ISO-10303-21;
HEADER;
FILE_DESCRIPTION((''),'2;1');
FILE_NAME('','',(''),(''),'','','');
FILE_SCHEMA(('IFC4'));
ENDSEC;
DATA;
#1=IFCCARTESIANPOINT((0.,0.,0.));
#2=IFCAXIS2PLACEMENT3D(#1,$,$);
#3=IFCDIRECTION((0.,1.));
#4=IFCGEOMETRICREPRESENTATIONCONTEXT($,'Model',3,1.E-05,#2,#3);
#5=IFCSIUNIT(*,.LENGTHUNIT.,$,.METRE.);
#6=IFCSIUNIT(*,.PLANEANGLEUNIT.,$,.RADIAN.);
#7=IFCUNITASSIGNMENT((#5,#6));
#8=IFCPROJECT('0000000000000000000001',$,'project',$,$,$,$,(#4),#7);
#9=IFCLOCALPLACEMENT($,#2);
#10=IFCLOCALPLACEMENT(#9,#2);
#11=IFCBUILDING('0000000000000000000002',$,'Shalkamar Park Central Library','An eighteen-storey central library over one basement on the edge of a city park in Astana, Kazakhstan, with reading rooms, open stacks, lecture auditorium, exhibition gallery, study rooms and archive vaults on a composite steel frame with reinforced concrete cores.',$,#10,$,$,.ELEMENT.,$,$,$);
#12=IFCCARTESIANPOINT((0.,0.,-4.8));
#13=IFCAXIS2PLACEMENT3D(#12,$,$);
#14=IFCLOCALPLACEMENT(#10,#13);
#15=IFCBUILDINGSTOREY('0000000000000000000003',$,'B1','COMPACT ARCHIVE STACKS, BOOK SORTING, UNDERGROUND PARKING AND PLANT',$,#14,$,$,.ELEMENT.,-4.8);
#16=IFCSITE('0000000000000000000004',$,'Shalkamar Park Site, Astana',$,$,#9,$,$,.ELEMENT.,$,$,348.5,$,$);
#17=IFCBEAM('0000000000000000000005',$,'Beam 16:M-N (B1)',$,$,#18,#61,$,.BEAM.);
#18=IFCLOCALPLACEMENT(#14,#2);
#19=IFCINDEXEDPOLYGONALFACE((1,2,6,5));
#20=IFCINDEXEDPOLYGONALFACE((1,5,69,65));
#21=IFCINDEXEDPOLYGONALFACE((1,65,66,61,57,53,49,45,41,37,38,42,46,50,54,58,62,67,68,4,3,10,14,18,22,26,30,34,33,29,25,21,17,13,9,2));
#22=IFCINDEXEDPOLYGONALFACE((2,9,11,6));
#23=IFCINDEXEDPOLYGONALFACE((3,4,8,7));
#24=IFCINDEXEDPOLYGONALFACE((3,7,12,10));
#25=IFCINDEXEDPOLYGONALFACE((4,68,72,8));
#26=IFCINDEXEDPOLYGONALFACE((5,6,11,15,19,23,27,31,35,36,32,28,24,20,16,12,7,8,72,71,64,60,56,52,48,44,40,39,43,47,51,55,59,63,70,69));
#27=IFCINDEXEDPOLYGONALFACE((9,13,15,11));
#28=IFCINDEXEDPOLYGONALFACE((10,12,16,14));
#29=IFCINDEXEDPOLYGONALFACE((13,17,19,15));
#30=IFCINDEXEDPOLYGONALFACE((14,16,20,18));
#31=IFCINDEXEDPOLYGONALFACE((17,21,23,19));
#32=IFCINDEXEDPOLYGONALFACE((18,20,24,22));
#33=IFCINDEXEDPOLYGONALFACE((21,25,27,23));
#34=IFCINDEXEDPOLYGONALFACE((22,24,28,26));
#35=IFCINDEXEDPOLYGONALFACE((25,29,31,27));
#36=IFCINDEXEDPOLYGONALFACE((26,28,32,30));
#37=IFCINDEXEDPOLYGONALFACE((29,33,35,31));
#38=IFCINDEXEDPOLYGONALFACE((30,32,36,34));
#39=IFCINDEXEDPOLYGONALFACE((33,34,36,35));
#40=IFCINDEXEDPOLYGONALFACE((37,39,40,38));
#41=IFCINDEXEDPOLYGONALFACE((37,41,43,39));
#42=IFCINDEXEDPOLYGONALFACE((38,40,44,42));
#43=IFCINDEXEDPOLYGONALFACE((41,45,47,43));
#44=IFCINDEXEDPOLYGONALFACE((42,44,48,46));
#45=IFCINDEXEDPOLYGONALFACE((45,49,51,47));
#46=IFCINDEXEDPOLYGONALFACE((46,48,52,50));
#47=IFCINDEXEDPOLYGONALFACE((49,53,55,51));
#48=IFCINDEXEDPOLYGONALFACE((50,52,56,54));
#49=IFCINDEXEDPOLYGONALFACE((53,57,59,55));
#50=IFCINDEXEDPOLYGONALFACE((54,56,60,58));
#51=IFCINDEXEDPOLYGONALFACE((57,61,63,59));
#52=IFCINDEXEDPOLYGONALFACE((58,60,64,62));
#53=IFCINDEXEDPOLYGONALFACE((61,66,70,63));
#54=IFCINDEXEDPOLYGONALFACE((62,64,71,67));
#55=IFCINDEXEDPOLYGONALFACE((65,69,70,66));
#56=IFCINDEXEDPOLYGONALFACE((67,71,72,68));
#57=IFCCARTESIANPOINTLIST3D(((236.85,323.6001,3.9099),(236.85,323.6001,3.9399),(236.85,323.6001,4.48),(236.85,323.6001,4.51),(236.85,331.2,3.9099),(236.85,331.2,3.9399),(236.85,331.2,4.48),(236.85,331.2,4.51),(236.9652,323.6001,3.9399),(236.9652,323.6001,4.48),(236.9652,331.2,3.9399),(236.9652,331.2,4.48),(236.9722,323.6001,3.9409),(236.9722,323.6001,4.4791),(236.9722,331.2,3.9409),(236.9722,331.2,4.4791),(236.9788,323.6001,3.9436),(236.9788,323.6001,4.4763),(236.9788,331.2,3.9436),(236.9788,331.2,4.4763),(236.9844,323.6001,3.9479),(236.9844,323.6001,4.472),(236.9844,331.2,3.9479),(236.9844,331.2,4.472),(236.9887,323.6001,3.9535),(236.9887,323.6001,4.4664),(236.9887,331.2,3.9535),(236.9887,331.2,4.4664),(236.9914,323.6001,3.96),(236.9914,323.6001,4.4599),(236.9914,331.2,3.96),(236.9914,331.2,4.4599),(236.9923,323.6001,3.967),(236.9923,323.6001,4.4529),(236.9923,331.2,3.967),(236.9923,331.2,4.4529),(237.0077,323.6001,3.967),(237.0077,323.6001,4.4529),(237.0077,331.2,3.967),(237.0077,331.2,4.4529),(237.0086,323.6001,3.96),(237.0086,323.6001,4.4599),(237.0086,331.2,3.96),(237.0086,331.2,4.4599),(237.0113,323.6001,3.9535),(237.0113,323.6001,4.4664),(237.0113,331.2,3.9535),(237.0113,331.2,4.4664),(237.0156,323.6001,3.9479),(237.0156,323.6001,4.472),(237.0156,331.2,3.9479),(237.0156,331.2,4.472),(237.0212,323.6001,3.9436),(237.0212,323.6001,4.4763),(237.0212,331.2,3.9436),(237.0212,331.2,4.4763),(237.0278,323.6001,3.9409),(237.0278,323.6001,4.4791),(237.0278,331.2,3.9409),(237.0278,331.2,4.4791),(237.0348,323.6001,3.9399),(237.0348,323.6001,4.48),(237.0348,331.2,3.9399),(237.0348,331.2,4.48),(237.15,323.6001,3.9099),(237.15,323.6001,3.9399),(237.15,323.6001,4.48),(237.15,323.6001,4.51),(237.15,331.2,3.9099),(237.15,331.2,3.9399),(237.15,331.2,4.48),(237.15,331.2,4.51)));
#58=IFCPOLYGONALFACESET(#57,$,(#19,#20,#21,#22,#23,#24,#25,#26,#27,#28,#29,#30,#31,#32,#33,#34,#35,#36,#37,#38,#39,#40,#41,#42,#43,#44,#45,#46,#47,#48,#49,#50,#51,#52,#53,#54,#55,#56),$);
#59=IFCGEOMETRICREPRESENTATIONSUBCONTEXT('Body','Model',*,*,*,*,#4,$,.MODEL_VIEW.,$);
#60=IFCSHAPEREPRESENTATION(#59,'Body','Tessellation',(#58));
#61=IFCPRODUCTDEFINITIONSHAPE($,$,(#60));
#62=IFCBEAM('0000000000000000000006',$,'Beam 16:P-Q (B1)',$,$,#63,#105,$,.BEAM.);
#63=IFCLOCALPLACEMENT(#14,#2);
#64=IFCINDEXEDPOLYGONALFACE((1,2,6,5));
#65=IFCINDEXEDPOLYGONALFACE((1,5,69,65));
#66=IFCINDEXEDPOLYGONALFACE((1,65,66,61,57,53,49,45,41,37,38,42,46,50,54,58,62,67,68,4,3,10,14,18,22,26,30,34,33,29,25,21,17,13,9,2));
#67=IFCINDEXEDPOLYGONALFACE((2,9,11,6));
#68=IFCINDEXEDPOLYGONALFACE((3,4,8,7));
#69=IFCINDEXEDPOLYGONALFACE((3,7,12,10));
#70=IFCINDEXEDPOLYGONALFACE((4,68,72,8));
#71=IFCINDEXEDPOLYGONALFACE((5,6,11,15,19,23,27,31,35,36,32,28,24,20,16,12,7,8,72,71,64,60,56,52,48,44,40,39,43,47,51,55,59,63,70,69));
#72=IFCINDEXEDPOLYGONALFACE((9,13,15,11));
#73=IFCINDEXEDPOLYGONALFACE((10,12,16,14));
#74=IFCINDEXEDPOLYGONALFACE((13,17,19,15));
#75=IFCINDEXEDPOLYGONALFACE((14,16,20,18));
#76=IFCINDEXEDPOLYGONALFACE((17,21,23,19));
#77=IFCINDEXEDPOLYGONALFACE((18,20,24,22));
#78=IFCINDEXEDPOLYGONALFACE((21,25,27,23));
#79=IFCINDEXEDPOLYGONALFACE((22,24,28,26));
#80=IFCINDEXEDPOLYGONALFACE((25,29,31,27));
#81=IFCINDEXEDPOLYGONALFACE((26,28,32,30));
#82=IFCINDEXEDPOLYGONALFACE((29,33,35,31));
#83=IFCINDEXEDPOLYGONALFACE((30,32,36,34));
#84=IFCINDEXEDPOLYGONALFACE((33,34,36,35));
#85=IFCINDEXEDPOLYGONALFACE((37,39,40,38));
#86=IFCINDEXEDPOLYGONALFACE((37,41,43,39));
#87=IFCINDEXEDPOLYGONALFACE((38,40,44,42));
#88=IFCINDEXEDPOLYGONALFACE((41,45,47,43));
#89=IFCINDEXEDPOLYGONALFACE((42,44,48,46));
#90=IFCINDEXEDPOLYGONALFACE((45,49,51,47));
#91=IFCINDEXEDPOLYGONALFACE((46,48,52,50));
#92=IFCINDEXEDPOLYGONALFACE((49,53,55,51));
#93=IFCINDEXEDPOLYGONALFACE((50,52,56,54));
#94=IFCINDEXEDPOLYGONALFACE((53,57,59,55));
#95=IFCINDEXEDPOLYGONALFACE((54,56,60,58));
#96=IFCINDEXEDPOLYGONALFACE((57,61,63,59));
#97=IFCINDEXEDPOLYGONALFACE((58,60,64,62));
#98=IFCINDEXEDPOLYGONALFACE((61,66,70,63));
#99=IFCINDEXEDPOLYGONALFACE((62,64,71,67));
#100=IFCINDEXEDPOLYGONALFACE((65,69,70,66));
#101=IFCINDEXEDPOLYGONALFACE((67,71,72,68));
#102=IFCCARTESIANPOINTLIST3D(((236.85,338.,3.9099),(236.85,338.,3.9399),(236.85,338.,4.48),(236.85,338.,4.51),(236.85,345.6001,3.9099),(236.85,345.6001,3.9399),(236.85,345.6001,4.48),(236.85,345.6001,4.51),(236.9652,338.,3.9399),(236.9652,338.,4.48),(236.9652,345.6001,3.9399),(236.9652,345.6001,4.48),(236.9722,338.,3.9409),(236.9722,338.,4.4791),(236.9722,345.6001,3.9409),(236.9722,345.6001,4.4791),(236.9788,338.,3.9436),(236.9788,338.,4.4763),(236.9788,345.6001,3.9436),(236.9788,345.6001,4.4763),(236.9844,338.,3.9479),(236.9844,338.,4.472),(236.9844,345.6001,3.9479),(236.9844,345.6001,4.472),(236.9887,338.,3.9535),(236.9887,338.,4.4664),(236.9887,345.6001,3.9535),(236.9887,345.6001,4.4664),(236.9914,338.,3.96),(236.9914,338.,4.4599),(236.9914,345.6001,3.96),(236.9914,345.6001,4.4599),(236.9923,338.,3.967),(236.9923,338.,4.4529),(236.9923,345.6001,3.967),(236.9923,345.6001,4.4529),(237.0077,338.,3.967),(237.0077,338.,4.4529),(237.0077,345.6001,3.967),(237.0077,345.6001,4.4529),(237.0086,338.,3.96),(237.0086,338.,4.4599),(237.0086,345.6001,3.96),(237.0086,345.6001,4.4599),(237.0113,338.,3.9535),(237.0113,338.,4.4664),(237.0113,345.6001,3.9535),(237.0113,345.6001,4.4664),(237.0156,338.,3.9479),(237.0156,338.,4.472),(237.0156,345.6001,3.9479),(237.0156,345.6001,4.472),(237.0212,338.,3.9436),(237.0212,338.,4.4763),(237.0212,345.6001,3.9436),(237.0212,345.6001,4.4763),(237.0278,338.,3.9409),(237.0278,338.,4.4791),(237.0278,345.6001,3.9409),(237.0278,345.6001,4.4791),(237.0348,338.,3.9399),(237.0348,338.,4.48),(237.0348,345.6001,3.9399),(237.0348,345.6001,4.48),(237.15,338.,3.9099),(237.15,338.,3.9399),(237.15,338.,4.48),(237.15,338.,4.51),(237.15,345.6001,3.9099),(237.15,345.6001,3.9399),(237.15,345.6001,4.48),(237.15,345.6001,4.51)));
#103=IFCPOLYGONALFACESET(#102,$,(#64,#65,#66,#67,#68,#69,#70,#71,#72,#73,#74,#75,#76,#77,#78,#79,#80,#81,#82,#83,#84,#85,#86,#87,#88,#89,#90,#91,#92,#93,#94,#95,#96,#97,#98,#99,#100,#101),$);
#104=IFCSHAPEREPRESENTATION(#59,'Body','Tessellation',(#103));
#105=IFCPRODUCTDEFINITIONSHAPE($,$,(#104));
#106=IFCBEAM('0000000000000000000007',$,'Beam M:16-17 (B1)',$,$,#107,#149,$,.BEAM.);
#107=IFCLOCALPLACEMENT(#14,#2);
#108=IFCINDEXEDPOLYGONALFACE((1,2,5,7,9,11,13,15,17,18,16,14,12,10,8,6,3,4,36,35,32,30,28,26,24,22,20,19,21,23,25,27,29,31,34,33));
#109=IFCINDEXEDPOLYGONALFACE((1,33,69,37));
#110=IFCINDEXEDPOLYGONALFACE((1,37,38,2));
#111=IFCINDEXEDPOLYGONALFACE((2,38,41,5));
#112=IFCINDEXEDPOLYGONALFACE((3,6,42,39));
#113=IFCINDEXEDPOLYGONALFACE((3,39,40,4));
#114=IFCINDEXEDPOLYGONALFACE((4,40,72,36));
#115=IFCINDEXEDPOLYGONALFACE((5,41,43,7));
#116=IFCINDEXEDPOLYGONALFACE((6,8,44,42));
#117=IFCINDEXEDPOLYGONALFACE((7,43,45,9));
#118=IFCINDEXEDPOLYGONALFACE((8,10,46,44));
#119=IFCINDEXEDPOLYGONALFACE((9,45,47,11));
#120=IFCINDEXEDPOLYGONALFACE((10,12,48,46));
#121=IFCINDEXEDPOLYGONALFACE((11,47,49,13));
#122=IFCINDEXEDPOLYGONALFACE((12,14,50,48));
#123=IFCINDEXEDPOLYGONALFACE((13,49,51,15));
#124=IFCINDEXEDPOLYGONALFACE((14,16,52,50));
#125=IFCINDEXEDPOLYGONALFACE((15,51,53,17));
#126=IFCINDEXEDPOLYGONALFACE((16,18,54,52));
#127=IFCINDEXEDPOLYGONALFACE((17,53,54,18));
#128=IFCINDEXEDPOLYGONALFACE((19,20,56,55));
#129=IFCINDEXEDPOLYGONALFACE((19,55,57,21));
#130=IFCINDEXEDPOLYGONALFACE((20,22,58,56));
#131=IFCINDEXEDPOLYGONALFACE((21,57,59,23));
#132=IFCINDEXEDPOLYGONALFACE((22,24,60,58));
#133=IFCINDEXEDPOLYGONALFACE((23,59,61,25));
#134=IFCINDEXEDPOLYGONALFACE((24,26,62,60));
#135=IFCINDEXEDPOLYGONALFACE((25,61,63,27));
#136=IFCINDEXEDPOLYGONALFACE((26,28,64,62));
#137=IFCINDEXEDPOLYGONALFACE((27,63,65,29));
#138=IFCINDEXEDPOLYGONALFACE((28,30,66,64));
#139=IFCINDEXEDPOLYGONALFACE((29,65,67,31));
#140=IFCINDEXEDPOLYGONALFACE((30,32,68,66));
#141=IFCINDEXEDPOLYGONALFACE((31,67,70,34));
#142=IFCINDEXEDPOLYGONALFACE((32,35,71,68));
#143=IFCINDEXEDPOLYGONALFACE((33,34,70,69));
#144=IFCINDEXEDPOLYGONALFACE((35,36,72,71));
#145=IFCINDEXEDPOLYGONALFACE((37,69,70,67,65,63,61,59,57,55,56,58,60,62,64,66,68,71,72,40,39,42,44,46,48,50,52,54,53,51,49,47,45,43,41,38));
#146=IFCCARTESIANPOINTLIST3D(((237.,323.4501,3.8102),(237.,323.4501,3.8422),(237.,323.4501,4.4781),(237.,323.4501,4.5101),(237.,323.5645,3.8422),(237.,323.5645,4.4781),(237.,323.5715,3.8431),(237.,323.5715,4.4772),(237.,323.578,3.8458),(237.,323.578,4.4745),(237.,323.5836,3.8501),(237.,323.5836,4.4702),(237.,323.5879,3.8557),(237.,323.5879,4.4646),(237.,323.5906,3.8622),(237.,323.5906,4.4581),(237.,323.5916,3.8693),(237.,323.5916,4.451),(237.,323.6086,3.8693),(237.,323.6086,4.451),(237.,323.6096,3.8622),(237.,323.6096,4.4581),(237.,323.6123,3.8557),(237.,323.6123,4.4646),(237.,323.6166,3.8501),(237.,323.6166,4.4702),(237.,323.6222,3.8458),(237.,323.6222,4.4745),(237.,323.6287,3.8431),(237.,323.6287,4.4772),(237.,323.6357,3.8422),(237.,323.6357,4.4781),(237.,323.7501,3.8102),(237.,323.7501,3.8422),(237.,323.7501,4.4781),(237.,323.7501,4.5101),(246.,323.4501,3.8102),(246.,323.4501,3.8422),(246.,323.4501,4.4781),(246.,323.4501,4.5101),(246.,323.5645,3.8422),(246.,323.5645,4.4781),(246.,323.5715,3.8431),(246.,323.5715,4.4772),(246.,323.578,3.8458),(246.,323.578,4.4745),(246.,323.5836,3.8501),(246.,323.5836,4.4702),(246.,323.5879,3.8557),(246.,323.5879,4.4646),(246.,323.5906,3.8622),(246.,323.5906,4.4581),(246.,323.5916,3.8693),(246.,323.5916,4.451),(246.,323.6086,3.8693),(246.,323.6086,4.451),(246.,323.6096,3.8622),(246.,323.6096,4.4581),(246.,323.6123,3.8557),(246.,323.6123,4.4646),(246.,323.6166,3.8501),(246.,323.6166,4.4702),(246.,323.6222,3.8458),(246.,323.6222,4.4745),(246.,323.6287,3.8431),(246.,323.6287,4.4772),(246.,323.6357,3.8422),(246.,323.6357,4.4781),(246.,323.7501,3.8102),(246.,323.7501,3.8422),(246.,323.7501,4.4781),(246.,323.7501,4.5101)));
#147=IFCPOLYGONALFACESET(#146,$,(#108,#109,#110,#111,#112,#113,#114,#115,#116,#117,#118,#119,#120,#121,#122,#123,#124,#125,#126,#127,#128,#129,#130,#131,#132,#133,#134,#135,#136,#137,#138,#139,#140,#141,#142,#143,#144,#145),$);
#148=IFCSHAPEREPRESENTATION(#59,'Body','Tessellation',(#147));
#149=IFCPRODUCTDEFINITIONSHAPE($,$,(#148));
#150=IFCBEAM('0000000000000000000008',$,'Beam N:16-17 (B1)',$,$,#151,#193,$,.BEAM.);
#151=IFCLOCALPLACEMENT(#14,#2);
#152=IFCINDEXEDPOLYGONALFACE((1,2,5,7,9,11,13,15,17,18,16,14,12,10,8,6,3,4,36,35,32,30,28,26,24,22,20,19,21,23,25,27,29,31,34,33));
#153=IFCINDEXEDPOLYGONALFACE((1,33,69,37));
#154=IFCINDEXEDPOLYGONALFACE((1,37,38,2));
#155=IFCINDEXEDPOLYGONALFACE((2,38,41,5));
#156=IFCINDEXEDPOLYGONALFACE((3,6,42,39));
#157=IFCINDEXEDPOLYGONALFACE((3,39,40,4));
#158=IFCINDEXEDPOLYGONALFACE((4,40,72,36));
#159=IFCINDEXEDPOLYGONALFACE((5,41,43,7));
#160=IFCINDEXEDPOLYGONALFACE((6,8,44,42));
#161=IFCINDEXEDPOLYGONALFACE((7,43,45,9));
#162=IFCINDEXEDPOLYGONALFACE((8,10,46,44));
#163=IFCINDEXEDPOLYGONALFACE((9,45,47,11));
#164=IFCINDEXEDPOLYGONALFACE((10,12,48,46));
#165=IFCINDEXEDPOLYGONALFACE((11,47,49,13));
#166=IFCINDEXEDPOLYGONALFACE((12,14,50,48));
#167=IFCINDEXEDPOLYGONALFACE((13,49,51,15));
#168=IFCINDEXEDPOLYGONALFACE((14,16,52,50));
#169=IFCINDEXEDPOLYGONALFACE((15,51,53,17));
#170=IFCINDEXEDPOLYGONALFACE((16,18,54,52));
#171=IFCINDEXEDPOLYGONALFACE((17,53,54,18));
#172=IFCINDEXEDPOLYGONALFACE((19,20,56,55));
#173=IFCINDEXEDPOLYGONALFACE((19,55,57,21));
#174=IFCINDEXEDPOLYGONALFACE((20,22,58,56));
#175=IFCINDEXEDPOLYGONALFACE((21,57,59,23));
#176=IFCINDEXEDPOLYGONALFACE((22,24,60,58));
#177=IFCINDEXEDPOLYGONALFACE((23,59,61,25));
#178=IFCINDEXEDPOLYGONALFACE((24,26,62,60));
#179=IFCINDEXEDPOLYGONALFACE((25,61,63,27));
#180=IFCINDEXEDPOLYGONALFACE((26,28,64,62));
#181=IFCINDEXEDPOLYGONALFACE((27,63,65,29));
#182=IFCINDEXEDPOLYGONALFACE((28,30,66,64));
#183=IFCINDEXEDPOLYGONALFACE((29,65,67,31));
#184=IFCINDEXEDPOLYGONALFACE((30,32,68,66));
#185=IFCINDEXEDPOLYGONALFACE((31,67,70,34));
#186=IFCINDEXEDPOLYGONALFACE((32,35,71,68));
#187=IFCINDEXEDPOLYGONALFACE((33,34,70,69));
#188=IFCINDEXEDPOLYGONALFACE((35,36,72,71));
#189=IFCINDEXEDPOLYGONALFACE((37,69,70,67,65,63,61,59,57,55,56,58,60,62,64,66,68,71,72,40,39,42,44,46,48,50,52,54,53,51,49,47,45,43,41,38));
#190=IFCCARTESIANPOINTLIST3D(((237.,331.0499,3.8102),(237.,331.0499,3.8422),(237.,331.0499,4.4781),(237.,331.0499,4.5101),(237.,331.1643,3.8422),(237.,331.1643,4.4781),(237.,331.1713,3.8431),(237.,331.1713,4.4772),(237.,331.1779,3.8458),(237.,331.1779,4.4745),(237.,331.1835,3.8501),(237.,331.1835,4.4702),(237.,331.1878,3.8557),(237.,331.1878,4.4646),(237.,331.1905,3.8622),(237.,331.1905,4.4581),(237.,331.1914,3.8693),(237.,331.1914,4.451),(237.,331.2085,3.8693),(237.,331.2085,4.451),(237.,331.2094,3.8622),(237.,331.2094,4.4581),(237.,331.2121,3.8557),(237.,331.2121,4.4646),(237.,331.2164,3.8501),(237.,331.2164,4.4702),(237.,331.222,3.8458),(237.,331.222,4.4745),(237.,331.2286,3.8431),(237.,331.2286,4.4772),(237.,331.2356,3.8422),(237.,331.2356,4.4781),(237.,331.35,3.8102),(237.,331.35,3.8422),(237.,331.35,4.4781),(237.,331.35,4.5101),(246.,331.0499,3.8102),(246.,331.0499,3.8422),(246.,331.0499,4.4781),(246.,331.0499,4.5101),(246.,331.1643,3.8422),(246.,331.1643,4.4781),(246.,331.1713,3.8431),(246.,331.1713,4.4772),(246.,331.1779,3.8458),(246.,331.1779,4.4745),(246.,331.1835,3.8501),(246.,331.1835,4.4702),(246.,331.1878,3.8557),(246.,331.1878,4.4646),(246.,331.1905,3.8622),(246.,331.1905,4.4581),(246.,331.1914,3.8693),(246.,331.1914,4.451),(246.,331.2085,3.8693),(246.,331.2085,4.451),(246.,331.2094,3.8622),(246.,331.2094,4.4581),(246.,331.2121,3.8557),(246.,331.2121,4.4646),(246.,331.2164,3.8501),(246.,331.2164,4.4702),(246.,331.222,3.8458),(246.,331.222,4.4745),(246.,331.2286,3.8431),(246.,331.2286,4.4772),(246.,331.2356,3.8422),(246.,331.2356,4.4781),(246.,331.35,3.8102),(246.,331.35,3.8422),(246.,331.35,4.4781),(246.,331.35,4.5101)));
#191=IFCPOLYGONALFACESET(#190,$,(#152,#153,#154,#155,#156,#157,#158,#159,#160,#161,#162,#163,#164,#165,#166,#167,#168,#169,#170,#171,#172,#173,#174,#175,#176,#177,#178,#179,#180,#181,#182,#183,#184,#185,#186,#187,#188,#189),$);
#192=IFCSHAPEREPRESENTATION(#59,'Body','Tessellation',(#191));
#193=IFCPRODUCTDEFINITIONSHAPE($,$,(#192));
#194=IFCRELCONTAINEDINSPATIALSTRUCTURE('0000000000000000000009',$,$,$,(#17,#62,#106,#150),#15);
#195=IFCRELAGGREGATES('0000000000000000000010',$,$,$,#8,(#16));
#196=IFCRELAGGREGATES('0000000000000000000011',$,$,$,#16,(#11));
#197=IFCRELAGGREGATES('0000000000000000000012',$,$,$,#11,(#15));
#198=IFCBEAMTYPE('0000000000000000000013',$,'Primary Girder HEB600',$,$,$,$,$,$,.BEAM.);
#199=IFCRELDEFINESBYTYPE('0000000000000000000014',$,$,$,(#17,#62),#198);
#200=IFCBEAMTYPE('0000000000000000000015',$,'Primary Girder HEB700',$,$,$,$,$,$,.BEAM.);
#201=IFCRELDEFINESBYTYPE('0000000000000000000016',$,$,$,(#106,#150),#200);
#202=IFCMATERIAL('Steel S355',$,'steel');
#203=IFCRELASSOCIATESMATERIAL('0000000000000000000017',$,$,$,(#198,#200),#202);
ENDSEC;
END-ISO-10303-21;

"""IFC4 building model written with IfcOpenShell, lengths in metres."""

from ifc_helpers import new_model, si_unit, direction, frame, origin, origin_2d, place, context, subcontext, project, spatial, i_section, extrude, material, material_profile, profile_set, type_object, element, save


model = new_model("IFC4")

# Units and contexts
model_context = context("Model", 3, precision=1e-05, world=origin(), true_north=direction((0.0, 1.0)))
body_context = subcontext(model_context, "Body", "Model", "MODEL_VIEW")
ifc_project = project(units=[si_unit("LENGTHUNIT", "METRE"), si_unit("PLANEANGLEUNIT", "RADIAN")], contexts=[model_context])

# Site, building, storey
site_placement = place(None, origin())
site = spatial("IfcSite", under=ifc_project, at=site_placement, Name="Shalkamar Park Site, Astana", CompositionType="ELEMENT", RefElevation=348.5)
building_placement = place(site_placement, origin())
building = spatial("IfcBuilding", under=site, at=building_placement, Name="Shalkamar Park Central Library", Description="An eighteen-storey central library over one basement on the edge of a city park in Astana, Kazakhstan, with reading rooms, open stacks, lecture auditorium, exhibition gallery, study rooms and archive vaults on a composite steel frame with reinforced concrete cores.", CompositionType="ELEMENT")
storey_placement = place(building_placement, frame((0.0, 0.0, -4.8)))
storey = spatial("IfcBuildingStorey", under=building, at=storey_placement, Name="B1", Description="COMPACT ARCHIVE STACKS, BOOK SORTING, UNDERGROUND PARKING AND PLANT", CompositionType="ELEMENT", Elevation=-4.8)

# Shared definitions
ifc_material_1 = material(Name="Steel S355", Category="steel")

# Beams
ifc_material_profile_1 = material_profile(ifc_material_1, i_section(OverallWidth=0.3, OverallDepth=0.6001, WebThickness=0.0154, FlangeThickness=0.03, FilletRadius=0.0271, at=origin_2d()), Name="HEB 600")
ifc_profile_set_1 = profile_set([ifc_material_profile_1], Name="Steel S355")
beam_type_1 = type_object("IfcBeamType", Name="Primary Girder HEB600", PredefinedType="BEAM", material=ifc_profile_set_1)
beam_1_placement = place(storey_placement, frame((237.0, 323.6001, 4.21), z_axis=(0.0, 1.0, 0.0), x_axis=(-1.0, 0.0, 0.0)))
element("IfcBeam", 1, at=beam_1_placement, inside=storey, type_object=beam_type_1, Name="Beam 16:M-N (B1)", PredefinedType="BEAM", context=body_context, shape_type="SweptSolid", body=[
    extrude(i_section(OverallWidth=0.3, OverallDepth=0.6001, WebThickness=0.0154, FlangeThickness=0.03, FilletRadius=0.0271, at=origin_2d()), origin(), (0.0, 0.0, 1.0), 7.5999),
])
beam_2_placement = place(storey_placement, frame((237.0, 338.0, 4.21), z_axis=(0.0, 1.0, 0.0), x_axis=(-1.0, 0.0, 0.0)))
element("IfcBeam", 2, at=beam_2_placement, inside=storey, type_object=beam_type_1, Name="Beam 16:P-Q (B1)", PredefinedType="BEAM", context=body_context, shape_type="SweptSolid", body=[
    extrude(i_section(OverallWidth=0.3, OverallDepth=0.6001, WebThickness=0.0154, FlangeThickness=0.03, FilletRadius=0.0271, at=origin_2d()), origin(), (0.0, 0.0, 1.0), 7.6001),
])
ifc_material_profile_2 = material_profile(ifc_material_1, i_section(OverallWidth=0.3, OverallDepth=0.7, WebThickness=0.0171, FlangeThickness=0.032, FilletRadius=0.0271, at=origin_2d()), Name="HEB 700")
ifc_profile_set_2 = profile_set([ifc_material_profile_2], Name="Steel S355")
beam_type_2 = type_object("IfcBeamType", Name="Primary Girder HEB700", PredefinedType="BEAM", material=ifc_profile_set_2)
for number, where, z_axis, x_axis, name in (
    (3, (237.0, 323.6001, 4.1602), (1.0, 0.0, 0.0), (0.0, 1.0, 0.0), "Beam M:16-17 (B1)"),
    (4, (237.0, 331.2, 4.1602), (1.0, 0.0, 0.0), (0.0, 1.0, 0.0), "Beam N:16-17 (B1)"),
):
    element("IfcBeam", number, at=place(storey_placement, frame(where, z_axis=z_axis, x_axis=x_axis)), inside=storey, type_object=beam_type_2, Name=name, PredefinedType="BEAM", context=body_context, shape_type="SweptSolid", body=[
        extrude(i_section(OverallWidth=0.3, OverallDepth=0.7, WebThickness=0.0171, FlangeThickness=0.032, FilletRadius=0.0271, at=origin_2d()), origin(), (0.0, 0.0, 1.0), 9.0),
    ])

save(model, "model.ifc")
